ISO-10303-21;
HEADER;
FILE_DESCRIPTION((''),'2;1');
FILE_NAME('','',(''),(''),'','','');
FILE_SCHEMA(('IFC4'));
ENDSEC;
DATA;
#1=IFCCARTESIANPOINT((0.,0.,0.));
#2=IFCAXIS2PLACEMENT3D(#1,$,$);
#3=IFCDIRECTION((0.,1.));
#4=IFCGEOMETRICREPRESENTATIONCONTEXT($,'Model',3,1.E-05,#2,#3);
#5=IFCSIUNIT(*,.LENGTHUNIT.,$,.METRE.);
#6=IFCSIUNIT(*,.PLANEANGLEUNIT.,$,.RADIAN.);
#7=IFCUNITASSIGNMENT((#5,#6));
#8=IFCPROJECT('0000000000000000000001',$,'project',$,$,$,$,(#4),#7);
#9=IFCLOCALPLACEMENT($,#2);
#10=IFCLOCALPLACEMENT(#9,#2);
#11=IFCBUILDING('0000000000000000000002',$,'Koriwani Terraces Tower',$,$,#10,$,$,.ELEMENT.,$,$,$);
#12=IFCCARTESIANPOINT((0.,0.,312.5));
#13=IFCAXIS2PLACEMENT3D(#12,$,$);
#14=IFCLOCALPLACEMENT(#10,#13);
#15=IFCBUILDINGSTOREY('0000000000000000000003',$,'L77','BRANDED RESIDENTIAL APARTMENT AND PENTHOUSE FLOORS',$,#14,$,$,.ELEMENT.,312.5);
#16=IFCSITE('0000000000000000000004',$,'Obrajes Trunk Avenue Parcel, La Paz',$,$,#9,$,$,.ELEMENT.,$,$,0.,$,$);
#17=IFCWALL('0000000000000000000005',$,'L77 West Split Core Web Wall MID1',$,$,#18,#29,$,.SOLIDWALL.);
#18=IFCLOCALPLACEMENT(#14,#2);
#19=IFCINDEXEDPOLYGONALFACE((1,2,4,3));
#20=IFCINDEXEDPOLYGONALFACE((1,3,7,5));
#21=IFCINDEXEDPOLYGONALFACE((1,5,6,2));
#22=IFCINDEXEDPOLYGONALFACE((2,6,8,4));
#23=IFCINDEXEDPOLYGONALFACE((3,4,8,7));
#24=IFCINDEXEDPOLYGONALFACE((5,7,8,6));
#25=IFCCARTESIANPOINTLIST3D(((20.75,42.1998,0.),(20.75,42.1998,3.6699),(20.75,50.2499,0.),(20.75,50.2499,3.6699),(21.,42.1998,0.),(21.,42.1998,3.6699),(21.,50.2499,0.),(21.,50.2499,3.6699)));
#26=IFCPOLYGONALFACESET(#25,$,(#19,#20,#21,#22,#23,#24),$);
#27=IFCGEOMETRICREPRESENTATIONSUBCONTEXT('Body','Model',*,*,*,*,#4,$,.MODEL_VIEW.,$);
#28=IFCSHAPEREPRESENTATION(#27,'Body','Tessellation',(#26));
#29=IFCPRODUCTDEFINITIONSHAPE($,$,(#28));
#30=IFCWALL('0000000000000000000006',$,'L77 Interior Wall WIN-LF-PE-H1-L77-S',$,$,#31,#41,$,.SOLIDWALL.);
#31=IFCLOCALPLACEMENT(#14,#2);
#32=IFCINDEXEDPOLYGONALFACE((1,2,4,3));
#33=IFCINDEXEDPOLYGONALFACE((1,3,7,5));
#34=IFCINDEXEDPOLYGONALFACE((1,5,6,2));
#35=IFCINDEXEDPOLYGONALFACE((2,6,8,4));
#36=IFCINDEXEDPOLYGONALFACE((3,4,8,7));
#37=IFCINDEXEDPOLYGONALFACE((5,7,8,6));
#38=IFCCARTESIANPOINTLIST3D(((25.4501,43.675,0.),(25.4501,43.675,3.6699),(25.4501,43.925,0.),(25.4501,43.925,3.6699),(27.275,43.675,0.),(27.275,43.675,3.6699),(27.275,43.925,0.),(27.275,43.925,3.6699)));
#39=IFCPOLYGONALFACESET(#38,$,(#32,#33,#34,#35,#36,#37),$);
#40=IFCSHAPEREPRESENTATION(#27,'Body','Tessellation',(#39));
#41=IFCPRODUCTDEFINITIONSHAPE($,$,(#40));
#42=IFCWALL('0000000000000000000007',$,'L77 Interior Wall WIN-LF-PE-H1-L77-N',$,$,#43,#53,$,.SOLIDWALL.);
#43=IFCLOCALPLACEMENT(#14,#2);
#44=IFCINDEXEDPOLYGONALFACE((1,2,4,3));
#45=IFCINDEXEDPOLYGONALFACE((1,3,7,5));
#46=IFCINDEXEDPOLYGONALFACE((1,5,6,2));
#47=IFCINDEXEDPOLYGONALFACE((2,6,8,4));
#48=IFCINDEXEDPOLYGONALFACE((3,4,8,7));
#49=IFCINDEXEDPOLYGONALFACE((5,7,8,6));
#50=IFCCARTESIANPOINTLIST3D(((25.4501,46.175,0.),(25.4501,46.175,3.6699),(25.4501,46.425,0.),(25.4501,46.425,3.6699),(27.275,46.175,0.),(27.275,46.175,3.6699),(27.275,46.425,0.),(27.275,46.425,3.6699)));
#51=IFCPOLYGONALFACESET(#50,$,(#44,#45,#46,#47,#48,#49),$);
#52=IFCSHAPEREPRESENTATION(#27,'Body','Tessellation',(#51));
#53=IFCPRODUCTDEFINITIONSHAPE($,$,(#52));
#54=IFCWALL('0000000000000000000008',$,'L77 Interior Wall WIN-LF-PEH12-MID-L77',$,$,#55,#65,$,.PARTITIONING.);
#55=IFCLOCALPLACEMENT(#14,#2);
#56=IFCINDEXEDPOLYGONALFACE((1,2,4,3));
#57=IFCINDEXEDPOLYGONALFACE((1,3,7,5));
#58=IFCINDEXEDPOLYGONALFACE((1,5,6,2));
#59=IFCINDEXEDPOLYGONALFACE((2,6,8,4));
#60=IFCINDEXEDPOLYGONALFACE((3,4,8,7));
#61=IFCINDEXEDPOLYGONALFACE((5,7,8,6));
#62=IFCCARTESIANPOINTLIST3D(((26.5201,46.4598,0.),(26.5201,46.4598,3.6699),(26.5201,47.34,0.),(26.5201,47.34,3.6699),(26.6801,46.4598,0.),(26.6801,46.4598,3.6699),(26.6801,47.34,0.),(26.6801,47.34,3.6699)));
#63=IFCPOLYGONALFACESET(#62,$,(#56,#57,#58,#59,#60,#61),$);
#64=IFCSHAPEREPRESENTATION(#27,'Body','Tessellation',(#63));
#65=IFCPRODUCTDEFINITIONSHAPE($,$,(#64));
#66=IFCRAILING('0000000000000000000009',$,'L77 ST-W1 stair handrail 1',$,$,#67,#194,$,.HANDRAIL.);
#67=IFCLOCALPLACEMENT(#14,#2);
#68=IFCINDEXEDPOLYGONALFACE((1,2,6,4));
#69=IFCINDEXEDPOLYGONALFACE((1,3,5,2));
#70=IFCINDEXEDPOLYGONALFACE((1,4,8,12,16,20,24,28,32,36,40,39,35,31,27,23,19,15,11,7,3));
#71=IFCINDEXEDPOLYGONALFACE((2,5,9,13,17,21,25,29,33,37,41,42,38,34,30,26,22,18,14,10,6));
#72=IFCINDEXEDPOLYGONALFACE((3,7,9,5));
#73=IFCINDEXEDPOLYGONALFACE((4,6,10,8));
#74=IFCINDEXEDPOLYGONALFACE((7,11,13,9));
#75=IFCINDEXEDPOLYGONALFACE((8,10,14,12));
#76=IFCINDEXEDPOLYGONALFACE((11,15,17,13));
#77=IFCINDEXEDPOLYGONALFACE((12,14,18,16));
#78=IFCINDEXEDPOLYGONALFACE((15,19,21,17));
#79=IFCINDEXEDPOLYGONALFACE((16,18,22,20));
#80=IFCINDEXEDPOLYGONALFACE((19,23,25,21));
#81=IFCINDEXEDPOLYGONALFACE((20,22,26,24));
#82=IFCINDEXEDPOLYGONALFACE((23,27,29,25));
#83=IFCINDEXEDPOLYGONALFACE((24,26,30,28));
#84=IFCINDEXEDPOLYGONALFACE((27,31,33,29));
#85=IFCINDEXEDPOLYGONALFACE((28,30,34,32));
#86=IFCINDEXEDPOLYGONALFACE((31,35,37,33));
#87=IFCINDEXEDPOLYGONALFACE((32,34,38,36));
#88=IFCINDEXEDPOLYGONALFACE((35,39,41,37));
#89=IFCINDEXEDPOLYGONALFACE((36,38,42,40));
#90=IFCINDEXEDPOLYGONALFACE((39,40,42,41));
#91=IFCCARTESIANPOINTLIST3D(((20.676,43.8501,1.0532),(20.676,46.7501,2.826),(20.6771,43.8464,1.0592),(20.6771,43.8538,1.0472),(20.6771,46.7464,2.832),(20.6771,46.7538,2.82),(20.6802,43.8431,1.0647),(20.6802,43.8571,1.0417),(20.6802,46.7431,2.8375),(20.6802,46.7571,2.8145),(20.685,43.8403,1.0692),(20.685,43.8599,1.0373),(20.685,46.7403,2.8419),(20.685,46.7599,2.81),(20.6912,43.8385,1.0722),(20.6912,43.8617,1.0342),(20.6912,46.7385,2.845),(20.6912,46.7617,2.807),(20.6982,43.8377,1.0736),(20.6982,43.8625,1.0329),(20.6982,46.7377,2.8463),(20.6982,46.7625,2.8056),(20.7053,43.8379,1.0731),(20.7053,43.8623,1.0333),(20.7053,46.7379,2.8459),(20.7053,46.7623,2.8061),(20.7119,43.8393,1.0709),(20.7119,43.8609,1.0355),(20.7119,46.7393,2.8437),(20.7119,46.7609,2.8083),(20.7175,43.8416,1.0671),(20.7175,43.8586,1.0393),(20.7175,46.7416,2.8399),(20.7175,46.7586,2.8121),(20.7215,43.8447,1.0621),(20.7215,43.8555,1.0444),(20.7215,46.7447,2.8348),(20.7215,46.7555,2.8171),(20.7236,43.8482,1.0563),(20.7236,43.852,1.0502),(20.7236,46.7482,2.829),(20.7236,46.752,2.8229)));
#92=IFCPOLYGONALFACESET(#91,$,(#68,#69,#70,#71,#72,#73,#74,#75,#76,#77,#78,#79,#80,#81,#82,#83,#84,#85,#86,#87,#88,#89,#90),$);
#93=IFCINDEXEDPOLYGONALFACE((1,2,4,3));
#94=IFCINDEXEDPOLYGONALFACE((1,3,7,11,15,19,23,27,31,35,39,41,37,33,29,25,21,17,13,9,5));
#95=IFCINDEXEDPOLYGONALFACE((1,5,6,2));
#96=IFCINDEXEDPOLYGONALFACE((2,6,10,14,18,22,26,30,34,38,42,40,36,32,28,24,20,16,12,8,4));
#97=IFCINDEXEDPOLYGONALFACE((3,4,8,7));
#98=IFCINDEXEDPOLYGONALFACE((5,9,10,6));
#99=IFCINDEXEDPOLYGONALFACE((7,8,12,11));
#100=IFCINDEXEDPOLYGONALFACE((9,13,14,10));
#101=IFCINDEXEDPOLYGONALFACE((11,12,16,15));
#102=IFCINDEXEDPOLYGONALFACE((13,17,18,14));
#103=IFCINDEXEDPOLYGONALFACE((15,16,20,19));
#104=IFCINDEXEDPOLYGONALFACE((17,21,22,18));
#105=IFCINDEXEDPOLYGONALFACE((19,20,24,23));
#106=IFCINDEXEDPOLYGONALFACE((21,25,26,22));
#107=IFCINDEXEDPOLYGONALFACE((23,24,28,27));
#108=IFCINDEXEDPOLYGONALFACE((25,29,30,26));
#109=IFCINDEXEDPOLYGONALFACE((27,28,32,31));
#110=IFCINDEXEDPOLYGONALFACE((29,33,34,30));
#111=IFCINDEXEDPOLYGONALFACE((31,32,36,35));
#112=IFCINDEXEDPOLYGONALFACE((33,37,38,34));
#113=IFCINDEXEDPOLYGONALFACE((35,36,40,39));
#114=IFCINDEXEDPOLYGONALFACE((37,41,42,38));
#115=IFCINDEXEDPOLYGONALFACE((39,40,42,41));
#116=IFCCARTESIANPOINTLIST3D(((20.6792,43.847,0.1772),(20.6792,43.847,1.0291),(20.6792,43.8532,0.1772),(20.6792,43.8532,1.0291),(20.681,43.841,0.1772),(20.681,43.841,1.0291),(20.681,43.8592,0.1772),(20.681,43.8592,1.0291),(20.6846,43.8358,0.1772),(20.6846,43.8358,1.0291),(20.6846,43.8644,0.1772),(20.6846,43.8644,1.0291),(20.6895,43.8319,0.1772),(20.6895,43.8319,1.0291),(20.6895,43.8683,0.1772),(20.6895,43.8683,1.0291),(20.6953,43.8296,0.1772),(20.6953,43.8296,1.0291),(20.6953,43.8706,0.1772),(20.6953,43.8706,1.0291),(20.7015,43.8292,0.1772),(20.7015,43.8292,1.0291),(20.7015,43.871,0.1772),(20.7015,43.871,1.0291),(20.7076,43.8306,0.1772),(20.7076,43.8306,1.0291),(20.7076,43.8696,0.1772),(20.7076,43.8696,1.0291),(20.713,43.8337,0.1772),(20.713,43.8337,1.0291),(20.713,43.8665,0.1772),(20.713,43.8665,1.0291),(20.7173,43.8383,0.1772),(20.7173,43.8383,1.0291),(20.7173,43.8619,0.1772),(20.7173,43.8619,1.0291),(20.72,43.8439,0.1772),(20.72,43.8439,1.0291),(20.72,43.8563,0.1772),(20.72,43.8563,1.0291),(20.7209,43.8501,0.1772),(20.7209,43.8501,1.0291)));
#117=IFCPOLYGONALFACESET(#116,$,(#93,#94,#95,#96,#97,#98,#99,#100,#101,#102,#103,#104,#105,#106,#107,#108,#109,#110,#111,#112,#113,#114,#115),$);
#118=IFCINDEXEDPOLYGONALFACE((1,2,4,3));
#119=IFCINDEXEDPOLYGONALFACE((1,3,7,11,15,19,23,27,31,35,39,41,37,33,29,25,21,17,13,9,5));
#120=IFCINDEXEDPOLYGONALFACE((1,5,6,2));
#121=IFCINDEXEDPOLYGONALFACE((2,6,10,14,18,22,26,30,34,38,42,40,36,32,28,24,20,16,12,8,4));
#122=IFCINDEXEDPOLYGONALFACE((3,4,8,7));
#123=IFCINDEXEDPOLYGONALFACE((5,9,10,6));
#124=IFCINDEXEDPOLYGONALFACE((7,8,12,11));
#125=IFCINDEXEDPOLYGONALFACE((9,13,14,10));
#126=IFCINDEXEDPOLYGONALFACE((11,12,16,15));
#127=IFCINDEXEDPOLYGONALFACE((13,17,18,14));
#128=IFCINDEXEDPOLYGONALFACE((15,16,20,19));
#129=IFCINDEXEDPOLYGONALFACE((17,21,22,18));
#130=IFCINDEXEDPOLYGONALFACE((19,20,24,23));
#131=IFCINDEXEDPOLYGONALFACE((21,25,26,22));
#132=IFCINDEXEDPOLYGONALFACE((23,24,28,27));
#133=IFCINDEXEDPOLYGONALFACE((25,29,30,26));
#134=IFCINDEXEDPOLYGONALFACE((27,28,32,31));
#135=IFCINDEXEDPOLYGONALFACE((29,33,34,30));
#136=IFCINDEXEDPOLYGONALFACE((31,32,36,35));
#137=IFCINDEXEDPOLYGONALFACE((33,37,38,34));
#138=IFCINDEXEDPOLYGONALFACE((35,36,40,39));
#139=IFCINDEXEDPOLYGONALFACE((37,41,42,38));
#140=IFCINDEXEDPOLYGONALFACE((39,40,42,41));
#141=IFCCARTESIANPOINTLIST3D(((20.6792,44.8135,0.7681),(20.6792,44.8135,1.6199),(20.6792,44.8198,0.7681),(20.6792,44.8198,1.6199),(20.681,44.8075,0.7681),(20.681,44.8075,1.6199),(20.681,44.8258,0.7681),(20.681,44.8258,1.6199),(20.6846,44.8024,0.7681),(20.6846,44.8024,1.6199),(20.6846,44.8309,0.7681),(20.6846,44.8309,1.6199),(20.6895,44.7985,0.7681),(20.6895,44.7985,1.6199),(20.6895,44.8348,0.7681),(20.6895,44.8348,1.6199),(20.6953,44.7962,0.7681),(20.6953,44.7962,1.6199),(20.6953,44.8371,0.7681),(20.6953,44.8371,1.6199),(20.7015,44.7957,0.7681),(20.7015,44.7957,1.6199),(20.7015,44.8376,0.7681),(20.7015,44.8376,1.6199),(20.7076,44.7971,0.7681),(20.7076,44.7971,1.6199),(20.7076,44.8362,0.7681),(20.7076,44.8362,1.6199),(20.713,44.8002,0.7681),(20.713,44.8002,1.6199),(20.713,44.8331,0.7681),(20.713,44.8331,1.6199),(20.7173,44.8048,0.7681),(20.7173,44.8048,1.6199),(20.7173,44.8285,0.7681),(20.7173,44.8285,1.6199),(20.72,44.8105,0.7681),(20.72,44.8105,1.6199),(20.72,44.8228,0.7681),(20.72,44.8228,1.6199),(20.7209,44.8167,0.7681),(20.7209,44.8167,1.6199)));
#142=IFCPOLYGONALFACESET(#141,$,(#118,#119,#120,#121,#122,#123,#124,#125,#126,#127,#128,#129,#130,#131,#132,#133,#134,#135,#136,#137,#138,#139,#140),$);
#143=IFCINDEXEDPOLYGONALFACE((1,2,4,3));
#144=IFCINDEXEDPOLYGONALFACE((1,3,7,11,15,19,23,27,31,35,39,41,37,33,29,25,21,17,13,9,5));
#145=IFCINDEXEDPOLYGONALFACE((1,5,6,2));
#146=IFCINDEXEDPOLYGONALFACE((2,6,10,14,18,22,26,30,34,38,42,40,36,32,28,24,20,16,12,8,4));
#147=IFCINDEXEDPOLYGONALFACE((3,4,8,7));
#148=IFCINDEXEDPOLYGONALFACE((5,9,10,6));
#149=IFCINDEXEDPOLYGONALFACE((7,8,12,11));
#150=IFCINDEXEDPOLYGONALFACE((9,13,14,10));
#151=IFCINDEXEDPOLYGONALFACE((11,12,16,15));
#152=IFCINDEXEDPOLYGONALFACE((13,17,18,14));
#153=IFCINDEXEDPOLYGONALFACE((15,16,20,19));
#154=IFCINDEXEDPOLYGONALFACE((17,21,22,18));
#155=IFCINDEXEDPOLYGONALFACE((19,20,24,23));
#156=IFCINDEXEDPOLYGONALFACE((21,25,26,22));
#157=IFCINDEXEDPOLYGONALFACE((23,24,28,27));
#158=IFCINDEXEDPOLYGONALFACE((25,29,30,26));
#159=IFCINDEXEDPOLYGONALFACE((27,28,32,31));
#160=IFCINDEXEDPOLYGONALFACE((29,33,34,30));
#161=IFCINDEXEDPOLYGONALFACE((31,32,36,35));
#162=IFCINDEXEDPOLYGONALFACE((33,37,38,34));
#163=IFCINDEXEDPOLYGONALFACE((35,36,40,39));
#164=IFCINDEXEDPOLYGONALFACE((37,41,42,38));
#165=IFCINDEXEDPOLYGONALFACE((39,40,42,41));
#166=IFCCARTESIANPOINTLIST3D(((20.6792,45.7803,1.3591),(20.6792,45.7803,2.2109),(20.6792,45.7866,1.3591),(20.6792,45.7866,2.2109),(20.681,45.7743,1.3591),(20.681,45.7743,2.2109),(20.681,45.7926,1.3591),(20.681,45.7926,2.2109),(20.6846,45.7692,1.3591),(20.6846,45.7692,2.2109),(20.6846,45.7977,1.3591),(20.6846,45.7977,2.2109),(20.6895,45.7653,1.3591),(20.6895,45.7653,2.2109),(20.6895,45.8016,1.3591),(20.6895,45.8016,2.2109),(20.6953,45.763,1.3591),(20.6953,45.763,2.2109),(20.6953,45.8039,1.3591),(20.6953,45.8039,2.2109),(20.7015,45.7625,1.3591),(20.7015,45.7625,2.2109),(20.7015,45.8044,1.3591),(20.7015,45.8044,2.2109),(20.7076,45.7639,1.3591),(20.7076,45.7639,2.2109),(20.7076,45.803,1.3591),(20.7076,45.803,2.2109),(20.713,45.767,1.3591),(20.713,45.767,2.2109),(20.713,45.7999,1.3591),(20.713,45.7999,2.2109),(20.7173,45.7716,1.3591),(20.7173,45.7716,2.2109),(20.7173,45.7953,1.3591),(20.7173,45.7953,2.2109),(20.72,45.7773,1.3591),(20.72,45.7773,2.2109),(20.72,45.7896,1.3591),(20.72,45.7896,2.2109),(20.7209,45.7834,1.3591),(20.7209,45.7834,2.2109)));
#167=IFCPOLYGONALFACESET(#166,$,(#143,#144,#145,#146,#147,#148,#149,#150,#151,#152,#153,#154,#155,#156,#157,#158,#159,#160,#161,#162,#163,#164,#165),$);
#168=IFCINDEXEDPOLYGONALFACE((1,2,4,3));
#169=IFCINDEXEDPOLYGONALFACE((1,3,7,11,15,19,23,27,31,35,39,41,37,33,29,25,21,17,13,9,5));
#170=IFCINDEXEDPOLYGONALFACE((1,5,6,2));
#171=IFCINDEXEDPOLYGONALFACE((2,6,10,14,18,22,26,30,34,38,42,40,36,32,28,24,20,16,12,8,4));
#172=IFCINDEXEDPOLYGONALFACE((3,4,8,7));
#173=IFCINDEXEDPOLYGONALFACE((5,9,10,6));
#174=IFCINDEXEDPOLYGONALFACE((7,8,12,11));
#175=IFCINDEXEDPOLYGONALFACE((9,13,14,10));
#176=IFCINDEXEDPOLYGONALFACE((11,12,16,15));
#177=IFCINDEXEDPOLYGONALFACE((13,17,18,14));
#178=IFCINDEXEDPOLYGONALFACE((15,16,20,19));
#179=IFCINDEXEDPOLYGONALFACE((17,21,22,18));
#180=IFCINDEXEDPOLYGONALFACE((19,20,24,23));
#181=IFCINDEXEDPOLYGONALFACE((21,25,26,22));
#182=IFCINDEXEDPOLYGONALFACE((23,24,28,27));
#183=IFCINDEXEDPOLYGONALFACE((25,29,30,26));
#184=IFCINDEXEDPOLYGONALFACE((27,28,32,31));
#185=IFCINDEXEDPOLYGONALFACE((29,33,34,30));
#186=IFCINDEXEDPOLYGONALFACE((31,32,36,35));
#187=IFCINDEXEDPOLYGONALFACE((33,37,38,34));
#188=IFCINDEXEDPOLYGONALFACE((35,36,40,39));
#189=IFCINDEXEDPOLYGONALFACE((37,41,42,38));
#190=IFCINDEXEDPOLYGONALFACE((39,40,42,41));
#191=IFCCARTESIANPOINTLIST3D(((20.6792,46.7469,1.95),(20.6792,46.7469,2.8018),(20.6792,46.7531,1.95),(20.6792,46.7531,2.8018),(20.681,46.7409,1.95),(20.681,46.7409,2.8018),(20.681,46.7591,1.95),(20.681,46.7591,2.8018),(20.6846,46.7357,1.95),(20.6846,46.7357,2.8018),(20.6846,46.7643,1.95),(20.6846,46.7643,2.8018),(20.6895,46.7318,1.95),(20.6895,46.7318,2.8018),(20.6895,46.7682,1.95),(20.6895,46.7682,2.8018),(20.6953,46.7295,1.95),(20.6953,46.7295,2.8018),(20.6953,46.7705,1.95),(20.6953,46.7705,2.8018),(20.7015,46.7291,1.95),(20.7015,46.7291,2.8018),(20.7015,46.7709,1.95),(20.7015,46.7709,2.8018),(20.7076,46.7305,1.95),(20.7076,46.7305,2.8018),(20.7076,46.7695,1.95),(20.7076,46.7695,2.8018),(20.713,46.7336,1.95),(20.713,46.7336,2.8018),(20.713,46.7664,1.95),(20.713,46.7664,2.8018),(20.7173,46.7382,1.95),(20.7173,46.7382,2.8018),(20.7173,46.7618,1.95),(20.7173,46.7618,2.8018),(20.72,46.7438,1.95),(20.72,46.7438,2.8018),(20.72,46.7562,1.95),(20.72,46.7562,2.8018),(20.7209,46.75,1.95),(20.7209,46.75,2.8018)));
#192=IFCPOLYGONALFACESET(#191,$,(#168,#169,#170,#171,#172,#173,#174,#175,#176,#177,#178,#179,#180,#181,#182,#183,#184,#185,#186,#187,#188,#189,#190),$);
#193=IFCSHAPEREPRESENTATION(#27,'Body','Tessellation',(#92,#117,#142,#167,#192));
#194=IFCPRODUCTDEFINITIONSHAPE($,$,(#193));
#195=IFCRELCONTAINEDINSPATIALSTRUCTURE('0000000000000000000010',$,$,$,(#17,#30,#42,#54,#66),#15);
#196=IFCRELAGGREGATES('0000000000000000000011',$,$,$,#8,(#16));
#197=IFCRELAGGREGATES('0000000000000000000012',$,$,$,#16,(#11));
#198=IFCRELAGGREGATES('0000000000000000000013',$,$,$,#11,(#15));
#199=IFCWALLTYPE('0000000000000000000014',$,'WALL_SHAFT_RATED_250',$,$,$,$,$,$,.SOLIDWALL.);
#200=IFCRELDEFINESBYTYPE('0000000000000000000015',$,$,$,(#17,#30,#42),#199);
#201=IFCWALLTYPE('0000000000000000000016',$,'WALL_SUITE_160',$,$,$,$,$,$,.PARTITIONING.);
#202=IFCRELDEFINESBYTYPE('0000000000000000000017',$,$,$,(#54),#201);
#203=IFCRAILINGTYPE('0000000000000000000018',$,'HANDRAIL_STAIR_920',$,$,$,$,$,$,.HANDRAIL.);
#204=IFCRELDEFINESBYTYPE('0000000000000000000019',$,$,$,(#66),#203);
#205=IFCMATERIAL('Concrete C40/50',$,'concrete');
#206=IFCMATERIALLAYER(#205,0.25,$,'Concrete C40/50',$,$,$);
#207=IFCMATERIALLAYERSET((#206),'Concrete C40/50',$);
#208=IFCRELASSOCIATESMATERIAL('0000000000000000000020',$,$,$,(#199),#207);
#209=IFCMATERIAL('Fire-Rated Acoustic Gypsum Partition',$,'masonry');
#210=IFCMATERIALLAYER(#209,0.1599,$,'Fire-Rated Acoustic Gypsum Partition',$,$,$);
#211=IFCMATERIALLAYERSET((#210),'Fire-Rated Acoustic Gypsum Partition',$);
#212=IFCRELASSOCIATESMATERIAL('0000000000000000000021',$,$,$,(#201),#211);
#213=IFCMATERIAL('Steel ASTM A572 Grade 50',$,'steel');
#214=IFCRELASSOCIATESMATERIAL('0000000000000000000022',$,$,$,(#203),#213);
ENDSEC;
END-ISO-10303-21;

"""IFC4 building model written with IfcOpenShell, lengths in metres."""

from ifc_helpers import new_model, si_unit, direction, frame, frame_2d, origin, origin_2d, place, context, subcontext, project, spatial, rectangle, circle, extrude, material, layer, layer_set, type_object, element, save


model = new_model("IFC4")

# Units and contexts
model_context = context("Model", 3, precision=1e-05, world=origin(), true_north=direction((0.0, 1.0)))
body_context = subcontext(model_context, "Body", "Model", "MODEL_VIEW")
ifc_project = project(units=[si_unit("LENGTHUNIT", "METRE"), si_unit("PLANEANGLEUNIT", "RADIAN")], contexts=[model_context])

# Site, building, storey
site_placement = place(None, origin())
site = spatial("IfcSite", under=ifc_project, at=site_placement, Name="Obrajes Trunk Avenue Parcel, La Paz", CompositionType="ELEMENT", RefElevation=0.0)
building_placement = place(site_placement, origin())
building = spatial("IfcBuilding", under=site, at=building_placement, Name="Koriwani Terraces Tower", CompositionType="ELEMENT")
storey_placement = place(building_placement, frame((0.0, 0.0, 312.5)))
storey = spatial("IfcBuildingStorey", under=building, at=storey_placement, Name="L77", Description="BRANDED RESIDENTIAL APARTMENT AND PENTHOUSE FLOORS", CompositionType="ELEMENT", Elevation=312.5)

# Shared definitions
ifc_material_1 = material(Name="Concrete C40/50", Category="concrete")
ifc_material_2 = material(Name="Steel ASTM A572 Grade 50", Category="steel")

# Wall
ifc_layer_1 = layer(ifc_material_1, 0.25, Name="Concrete C40/50")
ifc_layer_set_1 = layer_set([ifc_layer_1], Name="Concrete C40/50")
wall_type_1 = type_object("IfcWallType", Name="WALL_SHAFT_RATED_250", PredefinedType="SOLIDWALL", material=ifc_layer_set_1)
wall_1_placement = place(storey_placement, frame((20.875, 42.2, 0.0), z_axis=(0.0, 0.0, 1.0), x_axis=(0.0, 1.0, 0.0)))
element("IfcWall", 1, at=wall_1_placement, inside=storey, type_object=wall_type_1, Name="L77 West Split Core Web Wall MID1", PredefinedType="SOLIDWALL", context=body_context, shape_type="SweptSolid", body=[
    extrude(rectangle(XDim=8.05, YDim=0.25, at=frame_2d((4.0249, 0.0))), origin(), (0.0, 0.0, 1.0), 3.6699),
])

# Walls
for number, where, z_axis, x_axis, name in (
    (2, (25.45, 43.8, 0.0), (0.0, 0.0, 1.0), (1.0, 0.0, 0.0), "L77 Interior Wall WIN-LF-PE-H1-L77-S"),
    (3, (25.45, 46.3, 0.0), (0.0, 0.0, 1.0), (1.0, 0.0, 0.0), "L77 Interior Wall WIN-LF-PE-H1-L77-N"),
):
    element("IfcWall", number, at=place(storey_placement, frame(where, z_axis=z_axis, x_axis=x_axis)), inside=storey, type_object=wall_type_1, Name=name, PredefinedType="SOLIDWALL", context=body_context, shape_type="SweptSolid", body=[
        extrude(rectangle(XDim=1.825, YDim=0.25, at=frame_2d((0.9126, 0.0))), origin(), (0.0, 0.0, 1.0), 3.6699),
    ])
ifc_material_3 = material(Name="Fire-Rated Acoustic Gypsum Partition", Category="masonry")
ifc_layer_2 = layer(ifc_material_3, 0.1599, Name="Fire-Rated Acoustic Gypsum Partition")
ifc_layer_set_2 = layer_set([ifc_layer_2], Name="Fire-Rated Acoustic Gypsum Partition")
wall_type_2 = type_object("IfcWallType", Name="WALL_SUITE_160", PredefinedType="PARTITIONING", material=ifc_layer_set_2)
wall_2_placement = place(storey_placement, frame((26.6001, 46.46, 0.0), z_axis=(0.0, 0.0, 1.0), x_axis=(0.0, 1.0, 0.0)))
element("IfcWall", 4, at=wall_2_placement, inside=storey, type_object=wall_type_2, Name="L77 Interior Wall WIN-LF-PEH12-MID-L77", PredefinedType="PARTITIONING", context=body_context, shape_type="SweptSolid", body=[
    extrude(rectangle(XDim=0.8801, YDim=0.1599, at=frame_2d((0.4399, 0.0))), origin(), (0.0, 0.0, 1.0), 3.6699),
])

# Railing
railing_type = type_object("IfcRailingType", Name="HANDRAIL_STAIR_920", PredefinedType="HANDRAIL", material=ifc_material_2)
railing_placement = place(storey_placement, frame((20.7, 43.8501, 0.1772)))
element("IfcRailing", 5, at=railing_placement, inside=storey, type_object=railing_type, Name="L77 ST-W1 stair handrail 1", PredefinedType="HANDRAIL", context=body_context, shape_type="SweptSolid", body=[
    extrude(circle(Radius=0.0239, at=origin_2d()), frame((0.0, 0.0, 0.876), z_axis=(0.0, 0.853211, 0.521566), x_axis=(-1.0, 0.0, 0.0)), (0.0, 0.0, 1.0), 3.3989),
    extrude(circle(Radius=0.021, at=origin_2d()), origin(), (0.0, 0.0, 1.0), 0.8518),
    extrude(circle(Radius=0.021, at=origin_2d()), frame((0.0, 0.9666, 0.5908)), (0.0, 0.0, 1.0), 0.8518),
    extrude(circle(Radius=0.021, at=origin_2d()), frame((0.0, 1.9333, 1.1819)), (0.0, 0.0, 1.0), 0.8518),
    extrude(circle(Radius=0.021, at=origin_2d()), frame((0.0, 2.8999, 1.7727)), (0.0, 0.0, 1.0), 0.8518),
])

save(model, "model.ifc")
